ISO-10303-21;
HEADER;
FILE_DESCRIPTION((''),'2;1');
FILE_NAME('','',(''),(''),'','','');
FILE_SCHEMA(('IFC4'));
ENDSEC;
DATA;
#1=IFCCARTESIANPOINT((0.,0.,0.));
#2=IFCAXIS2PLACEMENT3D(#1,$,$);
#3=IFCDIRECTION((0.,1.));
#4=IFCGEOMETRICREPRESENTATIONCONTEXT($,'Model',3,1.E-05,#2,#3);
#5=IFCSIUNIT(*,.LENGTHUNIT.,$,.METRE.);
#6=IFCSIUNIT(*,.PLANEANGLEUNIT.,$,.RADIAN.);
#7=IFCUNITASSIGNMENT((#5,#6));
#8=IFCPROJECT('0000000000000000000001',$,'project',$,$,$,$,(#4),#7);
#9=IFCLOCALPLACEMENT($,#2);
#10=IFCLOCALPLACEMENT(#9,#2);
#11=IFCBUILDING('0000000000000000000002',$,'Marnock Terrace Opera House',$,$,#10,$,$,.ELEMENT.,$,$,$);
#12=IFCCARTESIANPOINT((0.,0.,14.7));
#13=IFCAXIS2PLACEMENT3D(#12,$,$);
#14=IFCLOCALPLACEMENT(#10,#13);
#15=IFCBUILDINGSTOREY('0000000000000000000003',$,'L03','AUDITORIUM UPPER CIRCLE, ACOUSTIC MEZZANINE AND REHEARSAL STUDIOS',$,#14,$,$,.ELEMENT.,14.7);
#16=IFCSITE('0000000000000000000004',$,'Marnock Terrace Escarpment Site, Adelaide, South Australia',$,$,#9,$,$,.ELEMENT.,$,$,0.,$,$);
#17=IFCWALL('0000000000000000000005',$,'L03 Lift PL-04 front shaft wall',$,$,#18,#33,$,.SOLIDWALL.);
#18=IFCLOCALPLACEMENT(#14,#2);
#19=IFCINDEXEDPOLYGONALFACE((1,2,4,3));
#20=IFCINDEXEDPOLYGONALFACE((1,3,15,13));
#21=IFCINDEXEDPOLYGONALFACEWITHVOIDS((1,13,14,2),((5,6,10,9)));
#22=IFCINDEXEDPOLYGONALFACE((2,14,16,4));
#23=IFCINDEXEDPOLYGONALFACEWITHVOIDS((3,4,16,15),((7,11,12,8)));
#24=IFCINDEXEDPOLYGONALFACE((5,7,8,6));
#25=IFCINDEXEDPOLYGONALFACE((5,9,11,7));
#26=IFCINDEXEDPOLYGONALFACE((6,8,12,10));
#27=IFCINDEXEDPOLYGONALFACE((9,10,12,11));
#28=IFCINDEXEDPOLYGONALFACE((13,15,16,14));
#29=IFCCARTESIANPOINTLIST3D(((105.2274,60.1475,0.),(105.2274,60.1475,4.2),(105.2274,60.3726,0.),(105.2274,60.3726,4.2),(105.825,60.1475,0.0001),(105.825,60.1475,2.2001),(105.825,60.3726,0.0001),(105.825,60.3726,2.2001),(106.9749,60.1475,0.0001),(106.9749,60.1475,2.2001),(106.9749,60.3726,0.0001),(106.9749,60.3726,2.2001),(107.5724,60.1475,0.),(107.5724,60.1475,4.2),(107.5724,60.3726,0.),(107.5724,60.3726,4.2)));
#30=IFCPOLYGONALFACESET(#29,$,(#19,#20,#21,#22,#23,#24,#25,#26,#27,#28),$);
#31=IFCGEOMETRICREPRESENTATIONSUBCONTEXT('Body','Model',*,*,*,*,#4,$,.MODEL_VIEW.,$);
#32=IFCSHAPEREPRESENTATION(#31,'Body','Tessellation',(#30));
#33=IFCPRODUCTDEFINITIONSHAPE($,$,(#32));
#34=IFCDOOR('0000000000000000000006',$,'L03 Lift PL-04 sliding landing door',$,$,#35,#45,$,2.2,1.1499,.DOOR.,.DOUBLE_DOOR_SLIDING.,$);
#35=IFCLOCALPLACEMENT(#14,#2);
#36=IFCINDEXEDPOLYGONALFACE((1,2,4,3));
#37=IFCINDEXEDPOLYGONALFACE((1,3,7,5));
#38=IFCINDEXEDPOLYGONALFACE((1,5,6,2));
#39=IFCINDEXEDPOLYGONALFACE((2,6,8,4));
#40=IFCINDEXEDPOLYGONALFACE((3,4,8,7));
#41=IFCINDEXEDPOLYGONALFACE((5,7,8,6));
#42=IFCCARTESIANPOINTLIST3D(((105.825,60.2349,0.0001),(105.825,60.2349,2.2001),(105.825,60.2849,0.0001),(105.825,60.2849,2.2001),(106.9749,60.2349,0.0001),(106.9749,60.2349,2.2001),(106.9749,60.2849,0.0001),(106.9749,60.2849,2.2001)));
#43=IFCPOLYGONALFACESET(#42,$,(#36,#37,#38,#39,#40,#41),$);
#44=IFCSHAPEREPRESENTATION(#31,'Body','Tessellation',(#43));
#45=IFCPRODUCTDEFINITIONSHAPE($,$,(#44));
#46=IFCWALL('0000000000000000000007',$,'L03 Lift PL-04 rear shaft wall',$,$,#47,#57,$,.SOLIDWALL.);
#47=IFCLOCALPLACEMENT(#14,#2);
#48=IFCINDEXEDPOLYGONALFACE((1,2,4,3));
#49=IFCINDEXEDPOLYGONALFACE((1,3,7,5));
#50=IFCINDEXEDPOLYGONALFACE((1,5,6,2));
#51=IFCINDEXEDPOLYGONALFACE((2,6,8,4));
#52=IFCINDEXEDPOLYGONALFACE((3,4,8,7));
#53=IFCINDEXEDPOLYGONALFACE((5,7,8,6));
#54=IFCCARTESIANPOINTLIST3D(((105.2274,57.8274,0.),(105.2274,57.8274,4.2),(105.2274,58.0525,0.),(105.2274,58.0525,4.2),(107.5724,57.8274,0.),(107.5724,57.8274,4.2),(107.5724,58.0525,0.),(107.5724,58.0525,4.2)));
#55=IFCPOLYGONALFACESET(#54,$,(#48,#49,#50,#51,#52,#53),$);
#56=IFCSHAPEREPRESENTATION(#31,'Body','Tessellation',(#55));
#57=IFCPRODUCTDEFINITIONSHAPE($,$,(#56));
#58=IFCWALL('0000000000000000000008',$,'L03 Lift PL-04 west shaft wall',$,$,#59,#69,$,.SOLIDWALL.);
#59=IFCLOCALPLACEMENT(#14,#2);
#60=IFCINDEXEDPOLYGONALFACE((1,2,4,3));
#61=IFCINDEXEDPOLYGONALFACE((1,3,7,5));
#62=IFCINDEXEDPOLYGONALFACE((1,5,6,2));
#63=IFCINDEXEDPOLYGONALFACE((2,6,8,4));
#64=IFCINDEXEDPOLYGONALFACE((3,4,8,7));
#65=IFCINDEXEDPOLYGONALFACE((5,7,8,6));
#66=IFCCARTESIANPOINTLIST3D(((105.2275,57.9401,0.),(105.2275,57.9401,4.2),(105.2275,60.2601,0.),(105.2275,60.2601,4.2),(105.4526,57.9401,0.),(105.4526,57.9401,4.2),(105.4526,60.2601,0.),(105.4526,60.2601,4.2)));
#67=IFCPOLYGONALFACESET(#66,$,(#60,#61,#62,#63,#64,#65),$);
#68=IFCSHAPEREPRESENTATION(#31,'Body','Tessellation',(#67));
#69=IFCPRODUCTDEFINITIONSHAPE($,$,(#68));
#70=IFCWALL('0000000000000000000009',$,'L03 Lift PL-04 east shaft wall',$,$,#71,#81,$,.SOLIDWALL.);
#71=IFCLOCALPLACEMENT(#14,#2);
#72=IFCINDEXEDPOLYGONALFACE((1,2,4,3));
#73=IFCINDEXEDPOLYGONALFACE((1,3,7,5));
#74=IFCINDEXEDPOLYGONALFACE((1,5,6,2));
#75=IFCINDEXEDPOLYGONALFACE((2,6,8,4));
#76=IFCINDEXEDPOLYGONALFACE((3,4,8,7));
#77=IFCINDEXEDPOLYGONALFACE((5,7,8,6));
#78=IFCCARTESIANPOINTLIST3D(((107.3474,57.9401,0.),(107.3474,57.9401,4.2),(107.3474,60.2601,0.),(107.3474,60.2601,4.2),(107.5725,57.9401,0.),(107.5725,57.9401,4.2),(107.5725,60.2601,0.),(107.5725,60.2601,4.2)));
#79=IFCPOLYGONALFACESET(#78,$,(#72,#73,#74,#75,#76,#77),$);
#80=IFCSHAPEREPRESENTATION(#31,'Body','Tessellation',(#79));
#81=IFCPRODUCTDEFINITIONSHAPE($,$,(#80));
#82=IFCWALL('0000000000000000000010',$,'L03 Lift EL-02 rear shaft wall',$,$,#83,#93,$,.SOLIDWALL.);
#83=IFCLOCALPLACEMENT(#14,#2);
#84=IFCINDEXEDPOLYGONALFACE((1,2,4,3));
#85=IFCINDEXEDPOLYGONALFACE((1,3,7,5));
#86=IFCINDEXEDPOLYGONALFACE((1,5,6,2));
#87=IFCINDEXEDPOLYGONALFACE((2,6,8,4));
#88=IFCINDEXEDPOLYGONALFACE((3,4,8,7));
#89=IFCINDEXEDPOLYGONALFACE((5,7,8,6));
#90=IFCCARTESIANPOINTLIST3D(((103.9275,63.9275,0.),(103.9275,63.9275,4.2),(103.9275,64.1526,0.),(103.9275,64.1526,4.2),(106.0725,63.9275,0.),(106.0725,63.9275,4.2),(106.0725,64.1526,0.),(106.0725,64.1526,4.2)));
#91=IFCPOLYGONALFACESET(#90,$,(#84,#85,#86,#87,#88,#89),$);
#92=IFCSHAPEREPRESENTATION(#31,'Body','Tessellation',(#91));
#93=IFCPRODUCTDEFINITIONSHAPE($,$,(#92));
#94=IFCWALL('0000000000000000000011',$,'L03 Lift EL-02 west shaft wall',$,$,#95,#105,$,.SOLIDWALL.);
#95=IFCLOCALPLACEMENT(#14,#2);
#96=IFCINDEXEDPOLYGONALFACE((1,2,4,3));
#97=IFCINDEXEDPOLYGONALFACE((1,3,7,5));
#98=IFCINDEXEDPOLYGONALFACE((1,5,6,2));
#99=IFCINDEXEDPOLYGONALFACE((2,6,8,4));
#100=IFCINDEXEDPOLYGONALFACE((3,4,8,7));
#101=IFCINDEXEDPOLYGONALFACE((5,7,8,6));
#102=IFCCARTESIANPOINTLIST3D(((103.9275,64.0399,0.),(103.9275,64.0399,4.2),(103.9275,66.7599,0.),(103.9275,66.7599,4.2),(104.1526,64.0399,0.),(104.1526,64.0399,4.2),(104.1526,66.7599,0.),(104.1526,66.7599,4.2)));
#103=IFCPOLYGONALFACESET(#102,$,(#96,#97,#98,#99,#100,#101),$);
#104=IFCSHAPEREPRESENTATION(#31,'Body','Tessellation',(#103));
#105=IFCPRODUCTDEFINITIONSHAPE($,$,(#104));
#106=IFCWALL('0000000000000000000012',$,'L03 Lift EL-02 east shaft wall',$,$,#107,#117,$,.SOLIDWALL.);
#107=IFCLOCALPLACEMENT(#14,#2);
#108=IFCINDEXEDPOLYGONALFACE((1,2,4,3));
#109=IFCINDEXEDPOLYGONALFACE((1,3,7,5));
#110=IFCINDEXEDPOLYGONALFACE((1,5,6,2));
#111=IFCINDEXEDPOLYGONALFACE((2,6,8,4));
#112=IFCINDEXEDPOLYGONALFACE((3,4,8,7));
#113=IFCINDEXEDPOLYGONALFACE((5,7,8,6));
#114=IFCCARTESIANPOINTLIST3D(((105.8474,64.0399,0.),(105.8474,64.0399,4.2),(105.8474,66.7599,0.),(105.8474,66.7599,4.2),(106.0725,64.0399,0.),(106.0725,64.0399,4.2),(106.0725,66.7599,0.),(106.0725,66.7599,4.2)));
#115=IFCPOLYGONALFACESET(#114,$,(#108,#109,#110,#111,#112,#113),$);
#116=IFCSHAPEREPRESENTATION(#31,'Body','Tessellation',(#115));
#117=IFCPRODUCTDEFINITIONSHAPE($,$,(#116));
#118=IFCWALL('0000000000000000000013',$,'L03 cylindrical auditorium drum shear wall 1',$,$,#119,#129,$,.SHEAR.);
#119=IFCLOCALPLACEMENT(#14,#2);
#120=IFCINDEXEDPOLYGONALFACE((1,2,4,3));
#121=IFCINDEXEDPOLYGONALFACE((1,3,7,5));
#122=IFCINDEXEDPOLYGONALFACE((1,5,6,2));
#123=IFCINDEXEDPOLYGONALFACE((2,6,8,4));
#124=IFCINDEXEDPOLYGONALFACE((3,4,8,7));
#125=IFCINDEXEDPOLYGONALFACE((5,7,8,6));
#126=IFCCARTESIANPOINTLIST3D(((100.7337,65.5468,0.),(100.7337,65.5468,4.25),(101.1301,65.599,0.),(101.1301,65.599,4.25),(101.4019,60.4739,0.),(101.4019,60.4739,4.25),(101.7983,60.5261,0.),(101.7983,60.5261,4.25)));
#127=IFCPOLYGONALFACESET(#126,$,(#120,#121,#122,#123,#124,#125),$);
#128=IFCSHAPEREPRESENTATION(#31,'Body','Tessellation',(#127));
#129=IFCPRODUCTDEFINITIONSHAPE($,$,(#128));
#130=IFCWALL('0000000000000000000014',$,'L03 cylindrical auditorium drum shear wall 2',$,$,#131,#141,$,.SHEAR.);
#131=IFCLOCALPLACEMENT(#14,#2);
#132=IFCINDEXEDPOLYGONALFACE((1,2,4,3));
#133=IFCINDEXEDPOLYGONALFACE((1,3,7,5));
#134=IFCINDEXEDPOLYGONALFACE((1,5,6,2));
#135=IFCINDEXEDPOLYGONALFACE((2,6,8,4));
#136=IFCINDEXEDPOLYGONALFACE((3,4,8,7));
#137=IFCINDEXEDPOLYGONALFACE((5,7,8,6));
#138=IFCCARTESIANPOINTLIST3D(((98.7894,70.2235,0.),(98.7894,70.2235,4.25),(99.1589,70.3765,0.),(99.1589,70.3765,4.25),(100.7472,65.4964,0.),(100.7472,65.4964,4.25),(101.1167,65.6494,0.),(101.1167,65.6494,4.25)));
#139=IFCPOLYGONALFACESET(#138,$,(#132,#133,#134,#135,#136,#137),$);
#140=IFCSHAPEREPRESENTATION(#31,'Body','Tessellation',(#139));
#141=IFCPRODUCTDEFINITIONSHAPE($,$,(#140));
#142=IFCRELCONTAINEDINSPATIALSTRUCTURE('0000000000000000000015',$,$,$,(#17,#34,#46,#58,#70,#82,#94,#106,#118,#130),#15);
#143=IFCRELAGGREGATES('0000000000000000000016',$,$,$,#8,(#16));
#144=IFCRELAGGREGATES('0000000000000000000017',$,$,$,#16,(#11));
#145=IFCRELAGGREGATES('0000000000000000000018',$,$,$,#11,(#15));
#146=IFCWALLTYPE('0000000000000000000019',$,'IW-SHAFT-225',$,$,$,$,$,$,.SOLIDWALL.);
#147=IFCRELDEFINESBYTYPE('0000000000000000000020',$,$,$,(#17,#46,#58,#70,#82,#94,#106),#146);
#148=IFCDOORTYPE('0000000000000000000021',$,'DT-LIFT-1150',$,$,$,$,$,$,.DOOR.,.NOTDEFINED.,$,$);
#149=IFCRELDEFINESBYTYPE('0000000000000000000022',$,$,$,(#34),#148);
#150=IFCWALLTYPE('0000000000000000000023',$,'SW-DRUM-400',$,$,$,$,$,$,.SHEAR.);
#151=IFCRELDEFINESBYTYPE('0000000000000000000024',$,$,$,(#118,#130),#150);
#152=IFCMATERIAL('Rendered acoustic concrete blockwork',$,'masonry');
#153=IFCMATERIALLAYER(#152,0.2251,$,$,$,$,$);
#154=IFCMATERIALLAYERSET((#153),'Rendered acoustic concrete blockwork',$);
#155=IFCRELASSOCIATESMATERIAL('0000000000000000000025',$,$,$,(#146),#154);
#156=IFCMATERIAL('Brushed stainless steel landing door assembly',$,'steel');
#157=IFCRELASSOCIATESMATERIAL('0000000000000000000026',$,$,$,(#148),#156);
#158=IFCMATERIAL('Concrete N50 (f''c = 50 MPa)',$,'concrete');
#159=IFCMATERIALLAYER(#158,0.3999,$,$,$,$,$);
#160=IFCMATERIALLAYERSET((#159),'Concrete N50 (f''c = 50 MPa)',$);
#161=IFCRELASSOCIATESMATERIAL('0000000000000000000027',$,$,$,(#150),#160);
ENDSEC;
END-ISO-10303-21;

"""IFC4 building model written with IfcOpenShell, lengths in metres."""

from ifc_helpers import new_model, si_unit, direction, frame, frame_2d, origin, place, context, subcontext, project, spatial, rectangle, extrude, material, layer, layer_set, type_object, element, fill, save


model = new_model("IFC4")

# Units and contexts
model_context = context("Model", 3, precision=1e-05, world=origin(), true_north=direction((0.0, 1.0)))
body_context = subcontext(model_context, "Body", "Model", "MODEL_VIEW")
ifc_project = project(units=[si_unit("LENGTHUNIT", "METRE"), si_unit("PLANEANGLEUNIT", "RADIAN")], contexts=[model_context])

# Site, building, storey
site_placement = place(None, origin())
site = spatial("IfcSite", under=ifc_project, at=site_placement, Name="Marnock Terrace Escarpment Site, Adelaide, South Australia", CompositionType="ELEMENT", RefElevation=0.0)
building_placement = place(site_placement, origin())
building = spatial("IfcBuilding", under=site, at=building_placement, Name="Marnock Terrace Opera House", CompositionType="ELEMENT")
storey_placement = place(building_placement, frame((0.0, 0.0, 14.7)))
storey = spatial("IfcBuildingStorey", under=building, at=storey_placement, Name="L03", Description="AUDITORIUM UPPER CIRCLE, ACOUSTIC MEZZANINE AND REHEARSAL STUDIOS", CompositionType="ELEMENT", Elevation=14.7)

# Shared definitions
ifc_material_1 = material(Name="Concrete N50 (f'c = 50 MPa)", Category="concrete")

# Shared definitions
ifc_material_2 = material(Name="Rendered acoustic concrete blockwork", Category="masonry")
ifc_layer_1 = layer(ifc_material_2, 0.2251)
ifc_layer_set_1 = layer_set([ifc_layer_1], Name="Rendered acoustic concrete blockwork")
wall_type_1 = type_object("IfcWallType", Name="IW-SHAFT-225", PredefinedType="SOLIDWALL", material=ifc_layer_set_1)
ifc_material_3 = material(Name="Brushed stainless steel landing door assembly", Category="steel")
door_type = type_object("IfcDoorType", Name="DT-LIFT-1150", OperationType="NOTDEFINED", PredefinedType="DOOR", material=ifc_material_3)

# Wall, opening, door
wall_1_placement = place(storey_placement, frame((105.2275, 60.26, 0.0), z_axis=(0.0, 0.0, 1.0), x_axis=(1.0, 0.0, 0.0)))
wall_1 = element("IfcWall", 1, at=wall_1_placement, inside=storey, type_object=wall_type_1, Name="L03 Lift PL-04 front shaft wall", PredefinedType="SOLIDWALL", context=body_context, shape_type="SweptSolid", body=[
    extrude(rectangle(XDim=2.345, YDim=0.2251, at=frame_2d((1.1724, 0.0))), origin(), (0.0, 0.0, 1.0), 4.2),
])
opening_1_placement = place(wall_1_placement, frame((0.5974, 0.0, 0.0)))
opening_1 = element("IfcOpeningElement", 2, at=opening_1_placement, cuts=wall_1, PredefinedType="OPENING", context=body_context, shape_type="SweptSolid", body=[
    extrude(rectangle(XDim=1.1499, YDim=2.2, at=frame_2d((0.575, 1.1001))), frame((0.0, 0.1226, 0.0), z_axis=(0.0, -1.0, 0.0), x_axis=(1.0, 0.0, 0.0)), (0.0, 0.0, 1.0), 0.2451),
])
door_1_placement = place(opening_1_placement, origin())
door_1 = element("IfcDoor", 3, at=door_1_placement, inside=storey, type_object=door_type, Name="L03 Lift PL-04 sliding landing door", OperationType="DOUBLE_DOOR_SLIDING", OverallHeight=2.2, OverallWidth=1.1499, PredefinedType="DOOR", context=body_context, shape_type="SweptSolid", body=[
    extrude(rectangle(XDim=1.1499, YDim=2.2, at=frame_2d((0.575, 1.1001))), frame((0.0, 0.0249, 0.0), z_axis=(0.0, -1.0, 0.0), x_axis=(1.0, 0.0, 0.0)), (0.0, 0.0, 1.0), 0.05),
])
fill(opening_1, door_1)

# Walls
wall_2_placement = place(storey_placement, frame((105.2275, 57.9399, 0.0), z_axis=(0.0, 0.0, 1.0), x_axis=(1.0, 0.0, 0.0)))
element("IfcWall", 4, at=wall_2_placement, inside=storey, type_object=wall_type_1, Name="L03 Lift PL-04 rear shaft wall", PredefinedType="SOLIDWALL", context=body_context, shape_type="SweptSolid", body=[
    extrude(rectangle(XDim=2.345, YDim=0.2251, at=frame_2d((1.1724, 0.0))), origin(), (0.0, 0.0, 1.0), 4.2),
])
for number, where, z_axis, x_axis, name in (
    (5, (105.3401, 57.9399, 0.0), (0.0, 0.0, 1.0), (0.0, 1.0, 0.0), "L03 Lift PL-04 west shaft wall"),
    (6, (107.46, 57.9399, 0.0), (0.0, 0.0, 1.0), (0.0, 1.0, 0.0), "L03 Lift PL-04 east shaft wall"),
):
    element("IfcWall", number, at=place(storey_placement, frame(where, z_axis=z_axis, x_axis=x_axis)), inside=storey, type_object=wall_type_1, Name=name, PredefinedType="SOLIDWALL", context=body_context, shape_type="SweptSolid", body=[
        extrude(rectangle(XDim=2.3201, YDim=0.2251, at=frame_2d((1.1602, 0.0))), origin(), (0.0, 0.0, 1.0), 4.2),
    ])
wall_3_placement = place(storey_placement, frame((103.9275, 64.04, 0.0), z_axis=(0.0, 0.0, 1.0), x_axis=(1.0, 0.0, 0.0)))
element("IfcWall", 7, at=wall_3_placement, inside=storey, type_object=wall_type_1, Name="L03 Lift EL-02 rear shaft wall", PredefinedType="SOLIDWALL", context=body_context, shape_type="SweptSolid", body=[
    extrude(rectangle(XDim=2.145, YDim=0.2251, at=frame_2d((1.0725, 0.0))), origin(), (0.0, 0.0, 1.0), 4.2),
])
for number, where, z_axis, x_axis, name in (
    (8, (104.04, 64.04, 0.0), (0.0, 0.0, 1.0), (0.0, 1.0, 0.0), "L03 Lift EL-02 west shaft wall"),
    (9, (105.96, 64.04, 0.0), (0.0, 0.0, 1.0), (0.0, 1.0, 0.0), "L03 Lift EL-02 east shaft wall"),
):
    element("IfcWall", number, at=place(storey_placement, frame(where, z_axis=z_axis, x_axis=x_axis)), inside=storey, type_object=wall_type_1, Name=name, PredefinedType="SOLIDWALL", context=body_context, shape_type="SweptSolid", body=[
        extrude(rectangle(XDim=2.72, YDim=0.2251, at=frame_2d((1.3599, 0.0))), origin(), (0.0, 0.0, 1.0), 4.2),
    ])
ifc_layer_2 = layer(ifc_material_1, 0.3999)
ifc_layer_set_2 = layer_set([ifc_layer_2], Name="Concrete N50 (f'c = 50 MPa)")
wall_type_2 = type_object("IfcWallType", Name="SW-DRUM-400", PredefinedType="SHEAR", material=ifc_layer_set_2)
wall_4_placement = place(storey_placement, frame((101.6001, 60.5, 0.0), z_axis=(0.0, 0.0, 1.0), x_axis=(-0.130592, 0.991436, 0.0)))
element("IfcWall", 10, at=wall_4_placement, inside=storey, type_object=wall_type_2, Name="L03 cylindrical auditorium drum shear wall 1", PredefinedType="SHEAR", context=body_context, shape_type="SweptSolid", body=[
    extrude(rectangle(XDim=5.1167, YDim=0.3999, at=frame_2d((2.5583, 0.0))), origin(), (0.0, 0.0, 1.0), 4.25),
])
wall_5_placement = place(storey_placement, frame((100.9319, 65.573, 0.0), z_axis=(0.0, 0.0, 1.0), x_axis=(-0.382643, 0.923896, 0.0)))
element("IfcWall", 11, at=wall_5_placement, inside=storey, type_object=wall_type_2, Name="L03 cylindrical auditorium drum shear wall 2", PredefinedType="SHEAR", context=body_context, shape_type="SweptSolid", body=[
    extrude(rectangle(XDim=5.1165, YDim=0.3999, at=frame_2d((2.5581, 0.0))), origin(), (0.0, 0.0, 1.0), 4.25),
])

save(model, "model.ifc")
